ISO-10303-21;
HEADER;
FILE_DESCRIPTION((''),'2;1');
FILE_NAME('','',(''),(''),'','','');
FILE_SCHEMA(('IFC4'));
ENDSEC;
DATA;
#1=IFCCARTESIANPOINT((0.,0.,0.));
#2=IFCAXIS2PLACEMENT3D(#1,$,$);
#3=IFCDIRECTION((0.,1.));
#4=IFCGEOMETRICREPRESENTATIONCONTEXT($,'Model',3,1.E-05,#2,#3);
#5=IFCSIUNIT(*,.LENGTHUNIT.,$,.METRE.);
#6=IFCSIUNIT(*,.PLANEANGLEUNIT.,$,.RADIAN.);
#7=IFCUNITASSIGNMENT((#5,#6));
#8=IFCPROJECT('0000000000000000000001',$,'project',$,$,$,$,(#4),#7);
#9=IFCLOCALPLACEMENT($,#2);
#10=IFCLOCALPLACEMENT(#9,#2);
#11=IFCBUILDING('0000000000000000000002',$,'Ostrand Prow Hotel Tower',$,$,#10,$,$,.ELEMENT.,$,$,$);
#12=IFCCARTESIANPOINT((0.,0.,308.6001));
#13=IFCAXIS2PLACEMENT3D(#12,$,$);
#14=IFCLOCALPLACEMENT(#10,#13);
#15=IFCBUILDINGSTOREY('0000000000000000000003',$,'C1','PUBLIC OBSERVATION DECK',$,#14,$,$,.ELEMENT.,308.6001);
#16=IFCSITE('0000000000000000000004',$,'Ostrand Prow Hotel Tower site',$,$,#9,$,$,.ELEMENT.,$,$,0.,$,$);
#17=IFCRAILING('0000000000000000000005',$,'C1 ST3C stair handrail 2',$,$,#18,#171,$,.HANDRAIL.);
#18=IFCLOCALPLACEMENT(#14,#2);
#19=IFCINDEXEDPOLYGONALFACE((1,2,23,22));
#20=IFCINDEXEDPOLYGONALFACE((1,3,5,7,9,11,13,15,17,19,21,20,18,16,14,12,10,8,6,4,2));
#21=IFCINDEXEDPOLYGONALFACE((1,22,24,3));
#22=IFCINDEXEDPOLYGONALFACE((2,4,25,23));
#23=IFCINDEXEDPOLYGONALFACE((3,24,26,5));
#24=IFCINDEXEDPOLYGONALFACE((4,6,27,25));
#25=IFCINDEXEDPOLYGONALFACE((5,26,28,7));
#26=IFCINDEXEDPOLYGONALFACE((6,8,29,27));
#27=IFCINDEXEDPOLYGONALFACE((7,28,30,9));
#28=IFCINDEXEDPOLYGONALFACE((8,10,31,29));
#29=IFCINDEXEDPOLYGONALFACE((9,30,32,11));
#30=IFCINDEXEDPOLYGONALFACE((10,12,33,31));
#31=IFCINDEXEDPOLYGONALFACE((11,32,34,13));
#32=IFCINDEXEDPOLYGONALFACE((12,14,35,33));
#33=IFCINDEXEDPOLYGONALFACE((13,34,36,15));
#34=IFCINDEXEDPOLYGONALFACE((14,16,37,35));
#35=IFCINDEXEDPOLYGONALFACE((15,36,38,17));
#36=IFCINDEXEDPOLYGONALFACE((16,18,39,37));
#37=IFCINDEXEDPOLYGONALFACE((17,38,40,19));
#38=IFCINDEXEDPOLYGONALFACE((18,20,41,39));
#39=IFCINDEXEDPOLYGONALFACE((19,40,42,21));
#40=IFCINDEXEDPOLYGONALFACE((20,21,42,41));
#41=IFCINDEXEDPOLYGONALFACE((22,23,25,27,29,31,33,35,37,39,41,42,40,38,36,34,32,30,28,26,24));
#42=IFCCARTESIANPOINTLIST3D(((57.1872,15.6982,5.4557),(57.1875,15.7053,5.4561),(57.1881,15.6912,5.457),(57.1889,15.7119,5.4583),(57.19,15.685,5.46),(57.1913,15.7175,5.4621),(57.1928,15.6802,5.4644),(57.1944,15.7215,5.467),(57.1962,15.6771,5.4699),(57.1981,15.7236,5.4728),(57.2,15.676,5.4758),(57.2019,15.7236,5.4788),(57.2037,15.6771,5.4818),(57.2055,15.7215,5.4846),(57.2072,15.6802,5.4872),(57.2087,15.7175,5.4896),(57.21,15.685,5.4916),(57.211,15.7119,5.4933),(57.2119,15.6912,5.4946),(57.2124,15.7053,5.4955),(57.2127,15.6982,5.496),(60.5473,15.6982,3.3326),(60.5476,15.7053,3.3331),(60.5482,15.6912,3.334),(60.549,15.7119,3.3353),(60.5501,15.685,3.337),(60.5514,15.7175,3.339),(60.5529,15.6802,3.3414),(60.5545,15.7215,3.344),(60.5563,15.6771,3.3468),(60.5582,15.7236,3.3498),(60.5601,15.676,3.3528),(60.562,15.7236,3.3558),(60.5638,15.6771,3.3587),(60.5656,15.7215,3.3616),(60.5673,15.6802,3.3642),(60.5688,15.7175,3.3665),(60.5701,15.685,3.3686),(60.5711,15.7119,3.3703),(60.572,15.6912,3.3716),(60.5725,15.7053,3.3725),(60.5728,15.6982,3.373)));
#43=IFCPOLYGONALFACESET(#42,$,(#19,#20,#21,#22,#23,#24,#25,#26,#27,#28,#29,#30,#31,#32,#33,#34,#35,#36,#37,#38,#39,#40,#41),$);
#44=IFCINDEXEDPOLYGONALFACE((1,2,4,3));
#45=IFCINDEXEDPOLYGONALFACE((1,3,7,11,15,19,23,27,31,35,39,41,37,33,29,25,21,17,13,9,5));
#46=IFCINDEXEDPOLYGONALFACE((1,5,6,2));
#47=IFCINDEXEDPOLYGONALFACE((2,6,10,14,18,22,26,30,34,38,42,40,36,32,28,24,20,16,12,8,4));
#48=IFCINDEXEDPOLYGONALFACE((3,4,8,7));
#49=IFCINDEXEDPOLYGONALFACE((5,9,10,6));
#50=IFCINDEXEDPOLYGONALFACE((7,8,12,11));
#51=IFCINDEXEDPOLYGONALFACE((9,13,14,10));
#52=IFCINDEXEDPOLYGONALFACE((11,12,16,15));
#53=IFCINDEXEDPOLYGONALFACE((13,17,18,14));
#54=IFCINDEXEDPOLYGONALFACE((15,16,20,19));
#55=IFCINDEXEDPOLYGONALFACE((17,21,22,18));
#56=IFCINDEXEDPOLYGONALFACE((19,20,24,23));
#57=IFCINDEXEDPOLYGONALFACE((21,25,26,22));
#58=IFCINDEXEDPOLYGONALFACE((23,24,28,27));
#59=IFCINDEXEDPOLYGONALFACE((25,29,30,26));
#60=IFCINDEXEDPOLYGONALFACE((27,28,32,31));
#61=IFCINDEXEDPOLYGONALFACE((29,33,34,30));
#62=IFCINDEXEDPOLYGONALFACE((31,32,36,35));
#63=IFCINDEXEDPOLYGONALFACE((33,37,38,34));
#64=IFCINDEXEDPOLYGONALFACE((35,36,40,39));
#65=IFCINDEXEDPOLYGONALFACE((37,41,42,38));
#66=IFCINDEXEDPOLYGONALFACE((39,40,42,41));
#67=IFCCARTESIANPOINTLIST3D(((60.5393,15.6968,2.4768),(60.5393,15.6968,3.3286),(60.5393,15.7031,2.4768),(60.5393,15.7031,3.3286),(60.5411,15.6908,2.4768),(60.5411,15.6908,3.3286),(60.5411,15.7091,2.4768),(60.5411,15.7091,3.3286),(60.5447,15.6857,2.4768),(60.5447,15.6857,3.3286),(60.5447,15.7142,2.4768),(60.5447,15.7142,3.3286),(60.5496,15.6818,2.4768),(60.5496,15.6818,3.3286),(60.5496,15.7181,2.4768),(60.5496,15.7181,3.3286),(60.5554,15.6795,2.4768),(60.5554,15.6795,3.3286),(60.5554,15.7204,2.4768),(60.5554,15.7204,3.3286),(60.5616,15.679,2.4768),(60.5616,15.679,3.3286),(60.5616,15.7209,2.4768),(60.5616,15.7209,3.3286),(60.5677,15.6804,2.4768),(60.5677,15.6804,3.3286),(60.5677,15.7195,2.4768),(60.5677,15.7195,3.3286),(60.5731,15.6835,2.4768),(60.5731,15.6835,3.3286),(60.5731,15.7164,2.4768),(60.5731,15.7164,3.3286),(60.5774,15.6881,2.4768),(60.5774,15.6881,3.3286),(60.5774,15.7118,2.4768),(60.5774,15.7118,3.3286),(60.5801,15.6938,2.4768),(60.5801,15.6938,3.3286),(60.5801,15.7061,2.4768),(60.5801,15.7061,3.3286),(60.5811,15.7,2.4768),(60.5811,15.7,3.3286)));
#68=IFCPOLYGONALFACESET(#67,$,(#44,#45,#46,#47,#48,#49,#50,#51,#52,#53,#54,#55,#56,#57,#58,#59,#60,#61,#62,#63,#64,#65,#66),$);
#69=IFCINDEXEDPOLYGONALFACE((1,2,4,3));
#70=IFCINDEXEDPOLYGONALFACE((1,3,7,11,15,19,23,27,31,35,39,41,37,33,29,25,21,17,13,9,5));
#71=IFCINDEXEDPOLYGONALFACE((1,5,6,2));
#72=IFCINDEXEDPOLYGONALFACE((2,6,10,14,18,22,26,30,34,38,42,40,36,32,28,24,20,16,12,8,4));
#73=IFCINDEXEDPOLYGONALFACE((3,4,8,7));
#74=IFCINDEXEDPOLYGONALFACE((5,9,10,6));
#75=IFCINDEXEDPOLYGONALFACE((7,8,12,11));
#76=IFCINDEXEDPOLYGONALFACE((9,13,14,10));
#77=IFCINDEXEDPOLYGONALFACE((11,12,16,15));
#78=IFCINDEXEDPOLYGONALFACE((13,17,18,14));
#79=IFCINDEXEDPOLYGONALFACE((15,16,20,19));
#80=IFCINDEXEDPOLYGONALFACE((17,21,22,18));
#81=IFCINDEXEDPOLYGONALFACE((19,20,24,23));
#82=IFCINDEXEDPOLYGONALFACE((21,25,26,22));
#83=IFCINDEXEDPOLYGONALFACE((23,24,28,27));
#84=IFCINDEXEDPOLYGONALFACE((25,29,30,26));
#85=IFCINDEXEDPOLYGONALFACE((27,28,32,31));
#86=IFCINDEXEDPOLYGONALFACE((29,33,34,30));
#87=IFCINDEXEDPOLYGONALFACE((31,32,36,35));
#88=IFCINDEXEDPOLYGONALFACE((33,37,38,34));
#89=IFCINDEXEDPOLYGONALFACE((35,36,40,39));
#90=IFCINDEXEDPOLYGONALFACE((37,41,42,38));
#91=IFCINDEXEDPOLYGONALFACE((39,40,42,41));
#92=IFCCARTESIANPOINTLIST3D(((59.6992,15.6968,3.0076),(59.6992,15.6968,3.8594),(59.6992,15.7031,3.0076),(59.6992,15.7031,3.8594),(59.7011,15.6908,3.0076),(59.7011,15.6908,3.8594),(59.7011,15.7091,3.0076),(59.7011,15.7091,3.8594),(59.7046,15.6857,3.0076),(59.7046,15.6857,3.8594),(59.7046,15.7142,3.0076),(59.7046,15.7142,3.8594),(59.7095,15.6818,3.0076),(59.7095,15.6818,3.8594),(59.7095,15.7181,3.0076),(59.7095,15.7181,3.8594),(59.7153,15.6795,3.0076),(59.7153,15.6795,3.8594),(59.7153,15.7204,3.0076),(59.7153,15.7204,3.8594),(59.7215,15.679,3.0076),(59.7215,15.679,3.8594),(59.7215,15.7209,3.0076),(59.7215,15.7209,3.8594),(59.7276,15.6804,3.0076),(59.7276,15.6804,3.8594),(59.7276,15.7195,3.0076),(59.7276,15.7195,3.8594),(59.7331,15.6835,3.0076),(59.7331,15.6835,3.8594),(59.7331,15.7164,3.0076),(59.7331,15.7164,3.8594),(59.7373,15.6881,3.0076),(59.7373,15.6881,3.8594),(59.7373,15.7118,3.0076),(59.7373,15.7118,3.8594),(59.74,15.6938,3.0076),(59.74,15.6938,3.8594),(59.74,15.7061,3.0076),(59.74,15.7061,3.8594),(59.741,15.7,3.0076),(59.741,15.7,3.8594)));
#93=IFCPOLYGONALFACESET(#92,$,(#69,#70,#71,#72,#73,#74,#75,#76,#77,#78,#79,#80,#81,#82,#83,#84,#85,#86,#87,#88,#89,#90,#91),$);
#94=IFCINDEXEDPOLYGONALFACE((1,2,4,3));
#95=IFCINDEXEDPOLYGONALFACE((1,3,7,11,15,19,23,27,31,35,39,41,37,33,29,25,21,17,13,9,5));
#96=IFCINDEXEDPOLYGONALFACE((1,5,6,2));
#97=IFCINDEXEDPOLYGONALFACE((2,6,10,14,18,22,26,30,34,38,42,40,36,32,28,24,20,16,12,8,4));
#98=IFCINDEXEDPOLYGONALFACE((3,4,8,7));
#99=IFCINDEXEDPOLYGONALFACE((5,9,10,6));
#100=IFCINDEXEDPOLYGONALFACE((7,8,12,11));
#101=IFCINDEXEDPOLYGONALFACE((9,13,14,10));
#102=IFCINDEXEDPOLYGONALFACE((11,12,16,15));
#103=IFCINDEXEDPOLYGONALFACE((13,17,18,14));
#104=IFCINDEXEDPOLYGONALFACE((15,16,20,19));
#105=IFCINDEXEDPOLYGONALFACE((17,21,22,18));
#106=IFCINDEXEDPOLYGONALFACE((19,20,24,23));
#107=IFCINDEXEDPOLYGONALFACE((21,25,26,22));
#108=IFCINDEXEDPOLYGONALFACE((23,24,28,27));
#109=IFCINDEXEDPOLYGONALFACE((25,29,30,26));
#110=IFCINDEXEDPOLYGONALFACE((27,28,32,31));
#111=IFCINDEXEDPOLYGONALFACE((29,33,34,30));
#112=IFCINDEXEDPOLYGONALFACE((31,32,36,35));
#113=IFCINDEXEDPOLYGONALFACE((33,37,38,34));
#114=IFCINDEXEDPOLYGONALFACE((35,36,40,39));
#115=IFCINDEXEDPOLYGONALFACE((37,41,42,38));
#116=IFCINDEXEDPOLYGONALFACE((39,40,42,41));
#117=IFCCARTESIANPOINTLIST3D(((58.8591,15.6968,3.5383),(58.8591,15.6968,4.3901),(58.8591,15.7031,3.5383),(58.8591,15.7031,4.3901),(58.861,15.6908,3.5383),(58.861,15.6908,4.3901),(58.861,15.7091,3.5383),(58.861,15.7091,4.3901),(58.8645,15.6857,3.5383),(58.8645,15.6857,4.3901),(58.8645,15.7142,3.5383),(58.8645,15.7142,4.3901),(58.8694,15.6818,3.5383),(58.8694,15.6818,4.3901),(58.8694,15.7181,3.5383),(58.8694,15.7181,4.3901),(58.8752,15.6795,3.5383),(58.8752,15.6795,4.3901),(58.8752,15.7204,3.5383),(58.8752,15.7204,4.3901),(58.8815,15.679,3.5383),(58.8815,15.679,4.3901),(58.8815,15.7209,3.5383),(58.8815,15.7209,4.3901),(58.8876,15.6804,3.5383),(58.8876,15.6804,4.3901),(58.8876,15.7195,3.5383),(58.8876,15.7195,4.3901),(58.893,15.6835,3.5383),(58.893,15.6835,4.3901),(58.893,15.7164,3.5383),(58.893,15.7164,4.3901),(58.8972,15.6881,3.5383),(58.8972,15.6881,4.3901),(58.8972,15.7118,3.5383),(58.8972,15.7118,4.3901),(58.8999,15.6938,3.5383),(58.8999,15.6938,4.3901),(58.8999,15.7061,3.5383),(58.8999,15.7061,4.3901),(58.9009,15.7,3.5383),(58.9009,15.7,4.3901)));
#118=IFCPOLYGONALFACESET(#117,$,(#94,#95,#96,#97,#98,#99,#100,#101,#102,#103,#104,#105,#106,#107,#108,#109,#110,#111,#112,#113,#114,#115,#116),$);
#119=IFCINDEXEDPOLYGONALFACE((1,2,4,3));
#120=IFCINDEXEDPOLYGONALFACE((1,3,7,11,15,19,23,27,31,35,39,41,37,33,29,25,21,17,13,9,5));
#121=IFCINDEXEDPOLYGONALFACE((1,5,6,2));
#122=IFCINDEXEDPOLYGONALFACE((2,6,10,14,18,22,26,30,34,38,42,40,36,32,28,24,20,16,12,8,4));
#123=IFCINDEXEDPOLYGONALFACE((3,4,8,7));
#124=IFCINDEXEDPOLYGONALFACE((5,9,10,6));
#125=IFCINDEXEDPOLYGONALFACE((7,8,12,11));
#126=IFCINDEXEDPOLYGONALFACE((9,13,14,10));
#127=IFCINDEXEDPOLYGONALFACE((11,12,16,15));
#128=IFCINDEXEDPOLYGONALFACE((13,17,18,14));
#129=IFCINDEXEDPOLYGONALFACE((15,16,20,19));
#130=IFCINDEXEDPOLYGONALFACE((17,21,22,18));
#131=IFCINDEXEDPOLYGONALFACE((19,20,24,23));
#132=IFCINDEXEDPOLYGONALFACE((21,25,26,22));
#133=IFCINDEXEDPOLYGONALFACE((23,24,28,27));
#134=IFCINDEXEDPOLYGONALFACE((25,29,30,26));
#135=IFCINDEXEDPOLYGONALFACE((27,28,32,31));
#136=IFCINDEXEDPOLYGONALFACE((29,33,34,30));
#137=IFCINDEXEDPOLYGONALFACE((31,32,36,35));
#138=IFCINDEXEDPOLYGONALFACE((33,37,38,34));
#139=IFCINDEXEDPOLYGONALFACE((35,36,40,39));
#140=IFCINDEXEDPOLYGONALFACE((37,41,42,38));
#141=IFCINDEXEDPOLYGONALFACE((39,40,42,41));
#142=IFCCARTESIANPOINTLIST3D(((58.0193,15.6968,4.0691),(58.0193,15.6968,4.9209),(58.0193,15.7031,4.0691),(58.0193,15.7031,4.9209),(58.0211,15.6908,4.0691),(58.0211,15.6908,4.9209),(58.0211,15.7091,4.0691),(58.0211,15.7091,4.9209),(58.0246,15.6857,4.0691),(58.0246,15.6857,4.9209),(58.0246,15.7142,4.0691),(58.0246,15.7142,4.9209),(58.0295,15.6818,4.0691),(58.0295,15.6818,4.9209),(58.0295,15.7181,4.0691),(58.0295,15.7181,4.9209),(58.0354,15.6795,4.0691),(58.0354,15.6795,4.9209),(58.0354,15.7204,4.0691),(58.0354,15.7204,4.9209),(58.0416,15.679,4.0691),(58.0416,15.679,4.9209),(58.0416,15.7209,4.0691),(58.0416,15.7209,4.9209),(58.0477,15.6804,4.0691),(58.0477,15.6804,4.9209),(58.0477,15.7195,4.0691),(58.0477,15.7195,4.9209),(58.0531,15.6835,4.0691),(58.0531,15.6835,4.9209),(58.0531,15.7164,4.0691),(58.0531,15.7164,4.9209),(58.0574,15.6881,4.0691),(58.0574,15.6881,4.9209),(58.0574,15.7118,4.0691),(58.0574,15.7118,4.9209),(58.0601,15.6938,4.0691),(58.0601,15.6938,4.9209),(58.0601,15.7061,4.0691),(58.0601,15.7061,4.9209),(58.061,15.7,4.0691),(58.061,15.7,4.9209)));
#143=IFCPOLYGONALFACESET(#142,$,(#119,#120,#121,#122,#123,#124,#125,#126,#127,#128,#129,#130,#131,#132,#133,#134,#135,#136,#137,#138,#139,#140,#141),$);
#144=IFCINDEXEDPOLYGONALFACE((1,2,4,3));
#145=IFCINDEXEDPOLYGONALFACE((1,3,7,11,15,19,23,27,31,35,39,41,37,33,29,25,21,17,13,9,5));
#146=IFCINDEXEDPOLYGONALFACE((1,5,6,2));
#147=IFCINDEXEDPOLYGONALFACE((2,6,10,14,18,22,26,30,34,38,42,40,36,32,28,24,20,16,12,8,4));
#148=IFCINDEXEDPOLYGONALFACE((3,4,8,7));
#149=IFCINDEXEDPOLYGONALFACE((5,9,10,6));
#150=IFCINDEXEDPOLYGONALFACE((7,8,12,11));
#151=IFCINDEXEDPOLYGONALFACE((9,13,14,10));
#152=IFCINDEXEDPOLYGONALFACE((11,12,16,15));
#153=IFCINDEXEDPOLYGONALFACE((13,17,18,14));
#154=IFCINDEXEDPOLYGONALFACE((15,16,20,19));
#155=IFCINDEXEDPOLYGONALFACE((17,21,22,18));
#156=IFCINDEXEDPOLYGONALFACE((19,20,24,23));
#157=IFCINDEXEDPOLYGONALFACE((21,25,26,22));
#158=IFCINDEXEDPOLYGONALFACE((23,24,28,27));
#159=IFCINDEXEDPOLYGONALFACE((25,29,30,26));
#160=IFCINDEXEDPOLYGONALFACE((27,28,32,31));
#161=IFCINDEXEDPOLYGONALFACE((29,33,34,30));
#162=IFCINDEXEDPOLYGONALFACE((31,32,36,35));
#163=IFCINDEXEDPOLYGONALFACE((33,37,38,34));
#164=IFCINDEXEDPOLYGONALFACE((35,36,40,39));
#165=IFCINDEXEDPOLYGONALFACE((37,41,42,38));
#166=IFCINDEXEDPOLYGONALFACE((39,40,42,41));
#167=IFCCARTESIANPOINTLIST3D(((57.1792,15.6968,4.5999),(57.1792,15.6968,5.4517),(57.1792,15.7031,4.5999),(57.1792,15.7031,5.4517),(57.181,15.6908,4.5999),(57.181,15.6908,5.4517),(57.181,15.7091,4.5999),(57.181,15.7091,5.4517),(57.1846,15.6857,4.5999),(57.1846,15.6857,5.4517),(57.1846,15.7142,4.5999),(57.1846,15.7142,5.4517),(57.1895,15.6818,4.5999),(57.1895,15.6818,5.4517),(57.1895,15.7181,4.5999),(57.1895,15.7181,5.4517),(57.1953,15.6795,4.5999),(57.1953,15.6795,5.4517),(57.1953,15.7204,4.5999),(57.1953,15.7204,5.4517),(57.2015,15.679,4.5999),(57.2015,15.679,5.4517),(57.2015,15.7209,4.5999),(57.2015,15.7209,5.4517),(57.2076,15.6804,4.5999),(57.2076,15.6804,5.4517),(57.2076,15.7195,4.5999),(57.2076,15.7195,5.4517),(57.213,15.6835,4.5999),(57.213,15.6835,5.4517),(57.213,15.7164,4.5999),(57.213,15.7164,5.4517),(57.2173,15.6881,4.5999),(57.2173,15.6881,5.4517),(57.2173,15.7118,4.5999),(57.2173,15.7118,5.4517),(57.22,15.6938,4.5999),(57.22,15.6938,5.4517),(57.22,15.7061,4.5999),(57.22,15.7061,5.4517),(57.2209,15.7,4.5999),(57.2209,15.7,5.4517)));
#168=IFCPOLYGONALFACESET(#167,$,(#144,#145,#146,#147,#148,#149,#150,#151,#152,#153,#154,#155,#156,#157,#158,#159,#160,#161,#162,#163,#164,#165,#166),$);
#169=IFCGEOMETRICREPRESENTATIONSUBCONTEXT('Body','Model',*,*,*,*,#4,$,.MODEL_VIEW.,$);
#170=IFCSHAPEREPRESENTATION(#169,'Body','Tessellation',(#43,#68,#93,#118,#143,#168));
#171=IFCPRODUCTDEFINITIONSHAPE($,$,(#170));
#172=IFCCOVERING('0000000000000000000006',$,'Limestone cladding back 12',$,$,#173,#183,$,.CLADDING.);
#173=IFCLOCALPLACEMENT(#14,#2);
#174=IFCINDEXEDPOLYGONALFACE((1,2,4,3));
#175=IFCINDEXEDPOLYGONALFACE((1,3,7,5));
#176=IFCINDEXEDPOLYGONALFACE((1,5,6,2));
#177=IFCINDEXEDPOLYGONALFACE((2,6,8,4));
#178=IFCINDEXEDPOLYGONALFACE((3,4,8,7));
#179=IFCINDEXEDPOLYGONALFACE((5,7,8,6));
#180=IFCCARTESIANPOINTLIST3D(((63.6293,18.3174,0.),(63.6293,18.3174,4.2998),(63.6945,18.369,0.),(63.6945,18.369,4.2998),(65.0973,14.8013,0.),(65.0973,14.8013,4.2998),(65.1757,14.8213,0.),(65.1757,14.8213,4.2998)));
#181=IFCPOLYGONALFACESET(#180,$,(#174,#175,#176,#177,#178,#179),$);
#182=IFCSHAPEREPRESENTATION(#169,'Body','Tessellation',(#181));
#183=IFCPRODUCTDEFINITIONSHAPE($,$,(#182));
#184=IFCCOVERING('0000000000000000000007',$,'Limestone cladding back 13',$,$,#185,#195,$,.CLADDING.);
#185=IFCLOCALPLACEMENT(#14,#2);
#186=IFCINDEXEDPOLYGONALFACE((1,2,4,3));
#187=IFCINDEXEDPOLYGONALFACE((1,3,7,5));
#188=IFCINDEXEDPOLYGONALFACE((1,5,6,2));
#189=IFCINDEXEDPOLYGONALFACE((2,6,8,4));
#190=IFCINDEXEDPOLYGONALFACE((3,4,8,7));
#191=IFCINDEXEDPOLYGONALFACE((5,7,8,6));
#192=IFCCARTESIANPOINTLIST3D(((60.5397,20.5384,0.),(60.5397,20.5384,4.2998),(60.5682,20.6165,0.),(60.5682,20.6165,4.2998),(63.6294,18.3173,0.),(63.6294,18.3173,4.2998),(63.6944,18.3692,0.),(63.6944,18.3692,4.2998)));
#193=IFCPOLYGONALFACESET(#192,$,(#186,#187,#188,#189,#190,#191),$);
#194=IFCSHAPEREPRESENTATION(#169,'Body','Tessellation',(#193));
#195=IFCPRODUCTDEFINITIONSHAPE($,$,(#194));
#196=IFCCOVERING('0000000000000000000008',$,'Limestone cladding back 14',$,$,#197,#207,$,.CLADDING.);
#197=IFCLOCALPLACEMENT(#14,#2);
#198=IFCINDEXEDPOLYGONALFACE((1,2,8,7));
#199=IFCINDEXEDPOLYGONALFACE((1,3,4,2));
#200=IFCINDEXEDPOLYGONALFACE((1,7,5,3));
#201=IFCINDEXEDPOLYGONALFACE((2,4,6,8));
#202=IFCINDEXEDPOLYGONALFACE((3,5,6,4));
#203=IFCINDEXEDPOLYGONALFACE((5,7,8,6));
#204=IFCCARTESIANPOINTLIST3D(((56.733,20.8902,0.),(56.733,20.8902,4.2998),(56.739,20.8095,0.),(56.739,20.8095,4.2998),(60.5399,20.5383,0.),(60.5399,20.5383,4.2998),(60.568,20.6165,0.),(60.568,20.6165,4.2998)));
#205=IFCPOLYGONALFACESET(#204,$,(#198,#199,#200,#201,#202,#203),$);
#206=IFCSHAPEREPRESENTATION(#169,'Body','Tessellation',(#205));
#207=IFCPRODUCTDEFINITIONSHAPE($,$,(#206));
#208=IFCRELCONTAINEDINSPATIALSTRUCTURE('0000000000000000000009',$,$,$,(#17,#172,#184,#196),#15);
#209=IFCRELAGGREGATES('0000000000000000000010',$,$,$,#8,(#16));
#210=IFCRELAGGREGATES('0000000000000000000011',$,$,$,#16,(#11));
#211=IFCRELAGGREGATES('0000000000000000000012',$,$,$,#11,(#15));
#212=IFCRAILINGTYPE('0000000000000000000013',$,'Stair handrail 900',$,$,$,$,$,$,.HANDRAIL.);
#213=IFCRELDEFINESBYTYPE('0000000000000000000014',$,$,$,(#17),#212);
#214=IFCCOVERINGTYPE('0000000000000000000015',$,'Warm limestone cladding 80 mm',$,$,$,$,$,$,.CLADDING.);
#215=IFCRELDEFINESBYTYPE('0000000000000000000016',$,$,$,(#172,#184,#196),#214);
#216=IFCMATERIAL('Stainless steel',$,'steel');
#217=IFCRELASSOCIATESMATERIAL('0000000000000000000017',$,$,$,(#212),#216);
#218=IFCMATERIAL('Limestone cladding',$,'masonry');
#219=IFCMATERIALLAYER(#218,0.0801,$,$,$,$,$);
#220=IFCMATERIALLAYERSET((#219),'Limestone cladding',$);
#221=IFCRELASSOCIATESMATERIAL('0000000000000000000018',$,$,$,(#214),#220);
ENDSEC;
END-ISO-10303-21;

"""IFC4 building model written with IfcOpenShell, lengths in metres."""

from ifc_helpers import new_model, si_unit, direction, frame, origin, origin_2d, place, context, subcontext, project, spatial, polyline, circle, outline, extrude, material, layer, layer_set, type_object, element, save


model = new_model("IFC4")

# Units and contexts
model_context = context("Model", 3, precision=1e-05, world=origin(), true_north=direction((0.0, 1.0)))
body_context = subcontext(model_context, "Body", "Model", "MODEL_VIEW")
ifc_project = project(units=[si_unit("LENGTHUNIT", "METRE"), si_unit("PLANEANGLEUNIT", "RADIAN")], contexts=[model_context])

# Site, building, storey
site_placement = place(None, origin())
site = spatial("IfcSite", under=ifc_project, at=site_placement, Name="Ostrand Prow Hotel Tower site", CompositionType="ELEMENT", RefElevation=0.0)
building_placement = place(site_placement, origin())
building = spatial("IfcBuilding", under=site, at=building_placement, Name="Ostrand Prow Hotel Tower", CompositionType="ELEMENT")
storey_placement = place(building_placement, frame((0.0, 0.0, 308.6001)))
storey = spatial("IfcBuildingStorey", under=building, at=storey_placement, Name="C1", Description="PUBLIC OBSERVATION DECK", CompositionType="ELEMENT", Elevation=308.6001)

# Railing
ifc_material_1 = material(Name="Stainless steel", Category="steel")
railing_type_1 = type_object("IfcRailingType", Name="Stair handrail 900", PredefinedType="HANDRAIL", material=ifc_material_1)
railing_1_placement = place(storey_placement, frame((60.5601, 15.7, 2.4768)))
element("IfcRailing", 1, at=railing_1_placement, inside=storey, type_object=railing_type_1, Name="C1 ST3C stair handrail 2", PredefinedType="HANDRAIL", context=body_context, shape_type="SweptSolid", body=[
    extrude(circle(Radius=0.0239, at=origin_2d()), frame((0.0, 0.0, 0.876), z_axis=(-0.84539, 0.0, 0.53415), x_axis=(0.0, -1.0, 0.0)), (0.0, 0.0, 1.0), 3.9746),
    extrude(circle(Radius=0.021, at=origin_2d()), origin(), (0.0, 0.0, 1.0), 0.8518),
    extrude(circle(Radius=0.021, at=origin_2d()), frame((-0.8401, 0.0, 0.5308)), (0.0, 0.0, 1.0), 0.8518),
    extrude(circle(Radius=0.021, at=origin_2d()), frame((-1.6802, 0.0, 1.0615)), (0.0, 0.0, 1.0), 0.8518),
    extrude(circle(Radius=0.021, at=origin_2d()), frame((-2.52, 0.0, 1.5923)), (0.0, 0.0, 1.0), 0.8518),
    extrude(circle(Radius=0.021, at=origin_2d()), frame((-3.3601, 0.0, 2.123)), (0.0, 0.0, 1.0), 0.8518),
])

# Coverings
ifc_material_2 = material(Name="Limestone cladding", Category="masonry")
ifc_layer_1 = layer(ifc_material_2, 0.0801)
ifc_layer_set_1 = layer_set([ifc_layer_1], Name="Limestone cladding")
covering_type = type_object("IfcCoveringType", Name="Warm limestone cladding 80 mm", PredefinedType="CLADDING", material=ifc_layer_set_1)
covering_1_placement = place(storey_placement, frame((65.1365, 14.8113, 0.0), z_axis=(0.0, 0.0, 1.0), x_axis=(-0.385272, 0.922803, 0.0)))
element("IfcCovering", 2, at=covering_1_placement, inside=storey, type_object=covering_type, Name="Limestone cladding back 12", PredefinedType="CLADDING", context=body_context, shape_type="SweptSolid", body=[
    extrude(outline(polyline([(-0.0059, -0.04), (3.8386, -0.04), (3.8162, 0.04), (0.0059, 0.04), (-0.0059, -0.04)])), origin(), (0.0, 0.0, 1.0), 4.2998),
])
covering_2_placement = place(storey_placement, frame((63.6619, 18.3433, 0.0), z_axis=(0.0, 0.0, 1.0), x_axis=(-0.811976, 0.583691, 0.0)))
element("IfcCovering", 3, at=covering_2_placement, inside=storey, type_object=covering_type, Name="Limestone cladding back 13", PredefinedType="CLADDING", context=body_context, shape_type="SweptSolid", body=[
    extrude(outline(polyline([(-0.0112, -0.04), (3.8389, -0.04), (3.8164, 0.04), (0.0112, 0.04), (-0.0112, -0.04)])), origin(), (0.0, 0.0, 1.0), 4.2998),
])
covering_3_placement = place(storey_placement, frame((60.554, 20.5774, 0.0), z_axis=(0.0, 0.0, 1.0), x_axis=(-0.997463, 0.071184, 0.0)))
element("IfcCovering", 4, at=covering_3_placement, inside=storey, type_object=covering_type, Name="Limestone cladding back 14", PredefinedType="CLADDING", context=body_context, shape_type="SweptSolid", body=[
    extrude(outline(polyline([(-0.0112, -0.04), (3.8335, -0.04), (3.8218, 0.04), (0.0112, 0.04), (-0.0112, -0.04)])), origin(), (0.0, 0.0, 1.0), 4.2998),
])

save(model, "model.ifc")
